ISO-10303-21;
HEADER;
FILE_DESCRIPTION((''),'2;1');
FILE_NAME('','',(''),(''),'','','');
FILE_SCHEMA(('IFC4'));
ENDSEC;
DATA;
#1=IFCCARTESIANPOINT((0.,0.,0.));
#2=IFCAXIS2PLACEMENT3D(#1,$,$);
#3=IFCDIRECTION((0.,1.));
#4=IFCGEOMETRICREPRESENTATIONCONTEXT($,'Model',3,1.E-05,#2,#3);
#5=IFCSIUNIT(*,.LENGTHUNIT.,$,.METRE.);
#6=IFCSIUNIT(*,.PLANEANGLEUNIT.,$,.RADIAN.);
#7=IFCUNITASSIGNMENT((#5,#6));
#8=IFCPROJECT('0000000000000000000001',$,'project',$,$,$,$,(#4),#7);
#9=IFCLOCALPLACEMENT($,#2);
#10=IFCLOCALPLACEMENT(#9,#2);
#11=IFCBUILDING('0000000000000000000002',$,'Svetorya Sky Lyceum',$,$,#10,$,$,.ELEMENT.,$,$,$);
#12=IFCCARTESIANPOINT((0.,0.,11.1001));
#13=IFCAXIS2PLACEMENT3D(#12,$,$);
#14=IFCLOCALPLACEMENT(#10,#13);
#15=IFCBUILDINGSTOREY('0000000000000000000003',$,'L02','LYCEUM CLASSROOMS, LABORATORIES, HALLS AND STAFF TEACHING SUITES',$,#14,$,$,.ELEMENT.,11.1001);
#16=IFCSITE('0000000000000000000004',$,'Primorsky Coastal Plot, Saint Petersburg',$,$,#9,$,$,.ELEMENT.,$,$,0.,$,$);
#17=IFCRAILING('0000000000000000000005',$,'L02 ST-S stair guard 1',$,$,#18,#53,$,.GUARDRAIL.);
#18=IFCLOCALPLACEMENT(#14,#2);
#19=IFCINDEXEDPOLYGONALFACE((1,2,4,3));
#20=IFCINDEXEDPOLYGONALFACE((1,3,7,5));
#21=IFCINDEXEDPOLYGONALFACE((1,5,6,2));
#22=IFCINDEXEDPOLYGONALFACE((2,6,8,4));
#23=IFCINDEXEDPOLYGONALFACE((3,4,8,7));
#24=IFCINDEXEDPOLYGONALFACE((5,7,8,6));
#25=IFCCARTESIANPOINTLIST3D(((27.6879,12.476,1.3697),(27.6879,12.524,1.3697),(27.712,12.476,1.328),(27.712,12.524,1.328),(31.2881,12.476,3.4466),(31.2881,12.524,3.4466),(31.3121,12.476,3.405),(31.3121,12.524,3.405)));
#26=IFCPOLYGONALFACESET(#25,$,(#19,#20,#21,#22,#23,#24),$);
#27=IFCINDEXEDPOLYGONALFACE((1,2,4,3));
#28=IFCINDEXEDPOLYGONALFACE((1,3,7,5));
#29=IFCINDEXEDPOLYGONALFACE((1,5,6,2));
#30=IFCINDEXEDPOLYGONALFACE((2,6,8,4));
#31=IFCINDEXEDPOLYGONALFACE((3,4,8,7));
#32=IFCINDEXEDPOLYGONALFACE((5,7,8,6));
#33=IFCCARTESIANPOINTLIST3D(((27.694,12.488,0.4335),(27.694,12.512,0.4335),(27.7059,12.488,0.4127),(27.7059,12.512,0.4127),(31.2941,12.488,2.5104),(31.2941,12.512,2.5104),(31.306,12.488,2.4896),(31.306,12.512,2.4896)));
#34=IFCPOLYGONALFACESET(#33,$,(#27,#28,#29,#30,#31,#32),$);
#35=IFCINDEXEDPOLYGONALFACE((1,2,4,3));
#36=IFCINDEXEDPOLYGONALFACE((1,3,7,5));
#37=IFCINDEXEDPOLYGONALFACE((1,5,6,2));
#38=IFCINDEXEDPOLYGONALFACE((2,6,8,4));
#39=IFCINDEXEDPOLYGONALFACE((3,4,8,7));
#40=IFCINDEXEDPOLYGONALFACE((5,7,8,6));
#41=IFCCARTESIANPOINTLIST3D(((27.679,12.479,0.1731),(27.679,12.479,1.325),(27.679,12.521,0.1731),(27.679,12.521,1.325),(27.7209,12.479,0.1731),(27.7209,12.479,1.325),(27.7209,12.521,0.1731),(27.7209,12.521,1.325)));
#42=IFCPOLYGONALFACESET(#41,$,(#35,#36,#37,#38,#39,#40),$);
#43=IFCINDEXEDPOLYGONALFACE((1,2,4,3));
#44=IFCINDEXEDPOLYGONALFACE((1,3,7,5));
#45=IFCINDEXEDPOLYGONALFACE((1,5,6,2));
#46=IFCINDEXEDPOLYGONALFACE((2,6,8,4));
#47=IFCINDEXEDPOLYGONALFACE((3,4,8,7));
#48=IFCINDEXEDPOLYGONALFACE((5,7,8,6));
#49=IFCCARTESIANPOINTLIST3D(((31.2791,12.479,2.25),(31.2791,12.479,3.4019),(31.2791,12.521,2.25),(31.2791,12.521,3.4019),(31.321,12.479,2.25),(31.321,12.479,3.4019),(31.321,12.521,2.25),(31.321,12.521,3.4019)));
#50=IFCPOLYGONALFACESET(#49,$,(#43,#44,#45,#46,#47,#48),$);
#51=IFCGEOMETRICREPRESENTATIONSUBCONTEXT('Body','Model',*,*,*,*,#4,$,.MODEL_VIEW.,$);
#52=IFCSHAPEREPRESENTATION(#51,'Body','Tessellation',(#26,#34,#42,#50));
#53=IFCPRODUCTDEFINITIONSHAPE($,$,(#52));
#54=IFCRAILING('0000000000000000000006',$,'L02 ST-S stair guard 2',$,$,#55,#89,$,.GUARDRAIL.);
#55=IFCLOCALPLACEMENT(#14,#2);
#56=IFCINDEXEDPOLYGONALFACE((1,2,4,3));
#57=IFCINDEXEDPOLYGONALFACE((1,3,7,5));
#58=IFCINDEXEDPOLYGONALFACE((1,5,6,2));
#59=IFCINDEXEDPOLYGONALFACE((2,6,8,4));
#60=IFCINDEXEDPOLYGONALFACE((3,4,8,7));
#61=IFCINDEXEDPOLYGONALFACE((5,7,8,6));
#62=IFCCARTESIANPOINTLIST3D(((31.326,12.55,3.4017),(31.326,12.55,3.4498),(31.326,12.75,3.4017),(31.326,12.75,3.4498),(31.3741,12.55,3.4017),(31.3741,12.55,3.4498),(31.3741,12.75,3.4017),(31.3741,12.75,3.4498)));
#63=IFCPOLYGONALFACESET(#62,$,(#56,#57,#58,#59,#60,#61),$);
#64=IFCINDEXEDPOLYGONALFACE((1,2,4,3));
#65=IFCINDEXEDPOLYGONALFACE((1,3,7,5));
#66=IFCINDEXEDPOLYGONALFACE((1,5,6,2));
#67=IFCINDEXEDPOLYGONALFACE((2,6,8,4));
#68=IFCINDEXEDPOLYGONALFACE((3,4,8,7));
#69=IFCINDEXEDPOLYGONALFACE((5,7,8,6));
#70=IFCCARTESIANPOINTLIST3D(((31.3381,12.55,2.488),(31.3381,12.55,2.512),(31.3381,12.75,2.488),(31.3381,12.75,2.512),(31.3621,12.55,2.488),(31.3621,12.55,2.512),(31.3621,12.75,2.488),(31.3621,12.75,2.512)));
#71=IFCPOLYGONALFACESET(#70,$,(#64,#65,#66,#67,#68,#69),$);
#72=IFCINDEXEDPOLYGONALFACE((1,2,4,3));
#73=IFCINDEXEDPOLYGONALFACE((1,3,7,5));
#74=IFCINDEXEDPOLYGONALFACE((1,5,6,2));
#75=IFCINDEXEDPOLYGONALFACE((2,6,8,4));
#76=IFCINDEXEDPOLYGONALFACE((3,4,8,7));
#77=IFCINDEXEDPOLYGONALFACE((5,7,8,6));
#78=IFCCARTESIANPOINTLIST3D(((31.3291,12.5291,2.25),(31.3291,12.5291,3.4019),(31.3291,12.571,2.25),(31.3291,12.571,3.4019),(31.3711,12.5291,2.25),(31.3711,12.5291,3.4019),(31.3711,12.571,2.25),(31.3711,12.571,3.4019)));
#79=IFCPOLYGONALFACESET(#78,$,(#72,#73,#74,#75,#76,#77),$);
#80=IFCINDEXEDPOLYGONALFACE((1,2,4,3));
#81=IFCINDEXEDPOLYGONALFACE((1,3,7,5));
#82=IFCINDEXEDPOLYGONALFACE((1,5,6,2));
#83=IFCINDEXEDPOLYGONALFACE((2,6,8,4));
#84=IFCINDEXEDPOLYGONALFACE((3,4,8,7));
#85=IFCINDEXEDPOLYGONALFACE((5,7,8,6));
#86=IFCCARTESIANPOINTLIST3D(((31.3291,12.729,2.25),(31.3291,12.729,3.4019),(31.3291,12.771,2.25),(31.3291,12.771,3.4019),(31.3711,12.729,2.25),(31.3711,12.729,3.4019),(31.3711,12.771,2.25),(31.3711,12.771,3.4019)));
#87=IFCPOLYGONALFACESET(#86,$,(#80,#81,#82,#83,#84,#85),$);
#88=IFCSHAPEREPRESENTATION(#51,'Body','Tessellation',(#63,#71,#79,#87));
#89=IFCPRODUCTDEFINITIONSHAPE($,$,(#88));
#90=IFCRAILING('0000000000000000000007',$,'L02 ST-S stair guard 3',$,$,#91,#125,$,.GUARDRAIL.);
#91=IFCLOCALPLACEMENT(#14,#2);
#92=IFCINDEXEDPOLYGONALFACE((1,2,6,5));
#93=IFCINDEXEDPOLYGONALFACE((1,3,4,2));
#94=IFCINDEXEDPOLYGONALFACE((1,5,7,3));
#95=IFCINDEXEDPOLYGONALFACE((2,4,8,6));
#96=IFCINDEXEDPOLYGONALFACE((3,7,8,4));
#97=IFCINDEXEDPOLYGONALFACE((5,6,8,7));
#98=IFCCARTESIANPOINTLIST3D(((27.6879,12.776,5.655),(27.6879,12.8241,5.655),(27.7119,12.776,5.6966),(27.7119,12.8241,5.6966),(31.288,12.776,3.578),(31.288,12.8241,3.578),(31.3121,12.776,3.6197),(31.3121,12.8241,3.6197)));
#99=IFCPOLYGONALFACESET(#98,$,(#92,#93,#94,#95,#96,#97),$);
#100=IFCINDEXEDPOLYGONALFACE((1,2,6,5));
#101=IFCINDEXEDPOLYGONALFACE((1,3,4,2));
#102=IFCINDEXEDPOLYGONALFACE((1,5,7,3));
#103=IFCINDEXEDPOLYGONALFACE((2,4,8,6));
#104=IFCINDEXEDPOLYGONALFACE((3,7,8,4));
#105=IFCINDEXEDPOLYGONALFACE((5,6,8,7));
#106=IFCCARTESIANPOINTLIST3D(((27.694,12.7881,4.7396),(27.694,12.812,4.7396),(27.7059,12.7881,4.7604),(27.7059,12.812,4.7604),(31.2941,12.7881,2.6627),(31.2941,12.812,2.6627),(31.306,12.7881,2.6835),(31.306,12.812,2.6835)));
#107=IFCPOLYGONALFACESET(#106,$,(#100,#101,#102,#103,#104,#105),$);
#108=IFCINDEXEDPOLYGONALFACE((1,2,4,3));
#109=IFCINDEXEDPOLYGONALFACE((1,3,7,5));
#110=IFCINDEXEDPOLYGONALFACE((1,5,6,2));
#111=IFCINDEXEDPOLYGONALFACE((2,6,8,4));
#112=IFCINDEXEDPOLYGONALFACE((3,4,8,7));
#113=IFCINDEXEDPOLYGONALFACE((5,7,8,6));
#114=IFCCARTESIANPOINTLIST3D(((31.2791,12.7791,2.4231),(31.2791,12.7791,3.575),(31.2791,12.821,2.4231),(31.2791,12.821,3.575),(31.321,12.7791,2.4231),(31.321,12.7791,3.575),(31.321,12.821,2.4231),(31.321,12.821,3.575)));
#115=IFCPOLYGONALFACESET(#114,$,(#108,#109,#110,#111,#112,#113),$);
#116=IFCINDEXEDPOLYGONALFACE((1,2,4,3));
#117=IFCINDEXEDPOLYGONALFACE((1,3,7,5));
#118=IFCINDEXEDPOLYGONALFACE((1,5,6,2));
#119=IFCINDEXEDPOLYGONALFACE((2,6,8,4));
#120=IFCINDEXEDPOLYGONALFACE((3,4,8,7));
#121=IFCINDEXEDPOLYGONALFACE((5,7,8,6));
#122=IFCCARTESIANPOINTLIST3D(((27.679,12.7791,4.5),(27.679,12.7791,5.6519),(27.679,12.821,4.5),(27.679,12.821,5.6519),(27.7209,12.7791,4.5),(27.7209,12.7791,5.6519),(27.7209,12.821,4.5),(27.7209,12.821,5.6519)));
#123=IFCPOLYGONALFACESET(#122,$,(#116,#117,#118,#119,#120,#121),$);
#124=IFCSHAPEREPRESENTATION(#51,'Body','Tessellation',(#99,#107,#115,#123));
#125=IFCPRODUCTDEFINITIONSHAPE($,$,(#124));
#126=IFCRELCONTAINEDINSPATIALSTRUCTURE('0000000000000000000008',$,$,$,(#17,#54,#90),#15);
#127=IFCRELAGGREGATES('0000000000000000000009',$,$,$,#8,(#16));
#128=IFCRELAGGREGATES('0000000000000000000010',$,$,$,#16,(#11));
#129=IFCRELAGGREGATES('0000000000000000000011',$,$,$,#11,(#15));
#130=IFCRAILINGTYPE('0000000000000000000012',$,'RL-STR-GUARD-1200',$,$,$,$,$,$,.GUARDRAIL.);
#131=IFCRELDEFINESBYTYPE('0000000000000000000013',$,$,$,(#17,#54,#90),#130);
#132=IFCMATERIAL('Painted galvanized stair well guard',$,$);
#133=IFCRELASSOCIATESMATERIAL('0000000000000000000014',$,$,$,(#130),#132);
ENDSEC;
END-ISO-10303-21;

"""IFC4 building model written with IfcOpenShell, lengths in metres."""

from ifc_helpers import new_model, si_unit, direction, frame, origin, origin_2d, place, context, subcontext, project, spatial, rectangle, extrude, material, type_object, element, save


model = new_model("IFC4")

# Units and contexts
model_context = context("Model", 3, precision=1e-05, world=origin(), true_north=direction((0.0, 1.0)))
body_context = subcontext(model_context, "Body", "Model", "MODEL_VIEW")
ifc_project = project(units=[si_unit("LENGTHUNIT", "METRE"), si_unit("PLANEANGLEUNIT", "RADIAN")], contexts=[model_context])

# Site, building, storey
site_placement = place(None, origin())
site = spatial("IfcSite", under=ifc_project, at=site_placement, Name="Primorsky Coastal Plot, Saint Petersburg", CompositionType="ELEMENT", RefElevation=0.0)
building_placement = place(site_placement, origin())
building = spatial("IfcBuilding", under=site, at=building_placement, Name="Svetorya Sky Lyceum", CompositionType="ELEMENT")
storey_placement = place(building_placement, frame((0.0, 0.0, 11.1001)))
storey = spatial("IfcBuildingStorey", under=building, at=storey_placement, Name="L02", Description="LYCEUM CLASSROOMS, LABORATORIES, HALLS AND STAFF TEACHING SUITES", CompositionType="ELEMENT", Elevation=11.1001)

# Railings
ifc_material_1 = material(Name="Painted galvanized stair well guard")
railing_type = type_object("IfcRailingType", Name="RL-STR-GUARD-1200", PredefinedType="GUARDRAIL", material=ifc_material_1)
railing_1_placement = place(storey_placement, frame((27.7, 12.5, 0.1731)))
element("IfcRailing", 1, at=railing_1_placement, inside=storey, type_object=railing_type, Name="L02 ST-S stair guard 1", PredefinedType="GUARDRAIL", context=body_context, shape_type="SweptSolid", body=[
    extrude(rectangle(XDim=0.0481, YDim=0.0481, at=origin_2d()), frame((0.0, 0.0, 1.1758), z_axis=(0.866193, 0.0, 0.499709), x_axis=(0.0, 1.0, 0.0)), (0.0, 0.0, 1.0), 4.1562),
    extrude(rectangle(XDim=0.0239, YDim=0.0239, at=origin_2d()), frame((0.0, 0.0, 0.25), z_axis=(0.866193, 0.0, 0.499709), x_axis=(0.0, 1.0, 0.0)), (0.0, 0.0, 1.0), 4.1562),
    extrude(rectangle(XDim=0.042, YDim=0.042, at=origin_2d()), origin(), (0.0, 0.0, 1.0), 1.1519),
    extrude(rectangle(XDim=0.042, YDim=0.042, at=origin_2d()), frame((3.6001, 0.0, 2.0769)), (0.0, 0.0, 1.0), 1.1519),
])
railing_2_placement = place(storey_placement, frame((31.3501, 12.55, 2.25)))
element("IfcRailing", 2, at=railing_2_placement, inside=storey, type_object=railing_type, Name="L02 ST-S stair guard 2", PredefinedType="GUARDRAIL", context=body_context, shape_type="SweptSolid", body=[
    extrude(rectangle(XDim=0.0481, YDim=0.0481, at=origin_2d()), frame((0.0, 0.0, 1.1758), z_axis=(0.0, 1.0, 0.0), x_axis=(-1.0, 0.0, 0.0)), (0.0, 0.0, 1.0), 0.2),
    extrude(rectangle(XDim=0.0239, YDim=0.0239, at=origin_2d()), frame((0.0, 0.0, 0.25), z_axis=(0.0, 1.0, 0.0), x_axis=(-1.0, 0.0, 0.0)), (0.0, 0.0, 1.0), 0.2),
    extrude(rectangle(XDim=0.042, YDim=0.042, at=origin_2d()), origin(), (0.0, 0.0, 1.0), 1.1519),
    extrude(rectangle(XDim=0.042, YDim=0.042, at=origin_2d()), frame((0.0, 0.2, 0.0)), (0.0, 0.0, 1.0), 1.1519),
])
railing_3_placement = place(storey_placement, frame((31.3, 12.8, 2.4231)))
element("IfcRailing", 3, at=railing_3_placement, inside=storey, type_object=railing_type, Name="L02 ST-S stair guard 3", PredefinedType="GUARDRAIL", context=body_context, shape_type="SweptSolid", body=[
    extrude(rectangle(XDim=0.0481, YDim=0.0481, at=origin_2d()), frame((0.0, 0.0, 1.1758), z_axis=(-0.866193, 0.0, 0.499709), x_axis=(0.0, -1.0, 0.0)), (0.0, 0.0, 1.0), 4.1562),
    extrude(rectangle(XDim=0.0239, YDim=0.0239, at=origin_2d()), frame((0.0, 0.0, 0.25), z_axis=(-0.866193, 0.0, 0.499709), x_axis=(0.0, -1.0, 0.0)), (0.0, 0.0, 1.0), 4.1562),
    extrude(rectangle(XDim=0.042, YDim=0.042, at=origin_2d()), origin(), (0.0, 0.0, 1.0), 1.1519),
    extrude(rectangle(XDim=0.042, YDim=0.042, at=origin_2d()), frame((-3.6001, 0.0, 2.0769)), (0.0, 0.0, 1.0), 1.1519),
])

save(model, "model.ifc")
